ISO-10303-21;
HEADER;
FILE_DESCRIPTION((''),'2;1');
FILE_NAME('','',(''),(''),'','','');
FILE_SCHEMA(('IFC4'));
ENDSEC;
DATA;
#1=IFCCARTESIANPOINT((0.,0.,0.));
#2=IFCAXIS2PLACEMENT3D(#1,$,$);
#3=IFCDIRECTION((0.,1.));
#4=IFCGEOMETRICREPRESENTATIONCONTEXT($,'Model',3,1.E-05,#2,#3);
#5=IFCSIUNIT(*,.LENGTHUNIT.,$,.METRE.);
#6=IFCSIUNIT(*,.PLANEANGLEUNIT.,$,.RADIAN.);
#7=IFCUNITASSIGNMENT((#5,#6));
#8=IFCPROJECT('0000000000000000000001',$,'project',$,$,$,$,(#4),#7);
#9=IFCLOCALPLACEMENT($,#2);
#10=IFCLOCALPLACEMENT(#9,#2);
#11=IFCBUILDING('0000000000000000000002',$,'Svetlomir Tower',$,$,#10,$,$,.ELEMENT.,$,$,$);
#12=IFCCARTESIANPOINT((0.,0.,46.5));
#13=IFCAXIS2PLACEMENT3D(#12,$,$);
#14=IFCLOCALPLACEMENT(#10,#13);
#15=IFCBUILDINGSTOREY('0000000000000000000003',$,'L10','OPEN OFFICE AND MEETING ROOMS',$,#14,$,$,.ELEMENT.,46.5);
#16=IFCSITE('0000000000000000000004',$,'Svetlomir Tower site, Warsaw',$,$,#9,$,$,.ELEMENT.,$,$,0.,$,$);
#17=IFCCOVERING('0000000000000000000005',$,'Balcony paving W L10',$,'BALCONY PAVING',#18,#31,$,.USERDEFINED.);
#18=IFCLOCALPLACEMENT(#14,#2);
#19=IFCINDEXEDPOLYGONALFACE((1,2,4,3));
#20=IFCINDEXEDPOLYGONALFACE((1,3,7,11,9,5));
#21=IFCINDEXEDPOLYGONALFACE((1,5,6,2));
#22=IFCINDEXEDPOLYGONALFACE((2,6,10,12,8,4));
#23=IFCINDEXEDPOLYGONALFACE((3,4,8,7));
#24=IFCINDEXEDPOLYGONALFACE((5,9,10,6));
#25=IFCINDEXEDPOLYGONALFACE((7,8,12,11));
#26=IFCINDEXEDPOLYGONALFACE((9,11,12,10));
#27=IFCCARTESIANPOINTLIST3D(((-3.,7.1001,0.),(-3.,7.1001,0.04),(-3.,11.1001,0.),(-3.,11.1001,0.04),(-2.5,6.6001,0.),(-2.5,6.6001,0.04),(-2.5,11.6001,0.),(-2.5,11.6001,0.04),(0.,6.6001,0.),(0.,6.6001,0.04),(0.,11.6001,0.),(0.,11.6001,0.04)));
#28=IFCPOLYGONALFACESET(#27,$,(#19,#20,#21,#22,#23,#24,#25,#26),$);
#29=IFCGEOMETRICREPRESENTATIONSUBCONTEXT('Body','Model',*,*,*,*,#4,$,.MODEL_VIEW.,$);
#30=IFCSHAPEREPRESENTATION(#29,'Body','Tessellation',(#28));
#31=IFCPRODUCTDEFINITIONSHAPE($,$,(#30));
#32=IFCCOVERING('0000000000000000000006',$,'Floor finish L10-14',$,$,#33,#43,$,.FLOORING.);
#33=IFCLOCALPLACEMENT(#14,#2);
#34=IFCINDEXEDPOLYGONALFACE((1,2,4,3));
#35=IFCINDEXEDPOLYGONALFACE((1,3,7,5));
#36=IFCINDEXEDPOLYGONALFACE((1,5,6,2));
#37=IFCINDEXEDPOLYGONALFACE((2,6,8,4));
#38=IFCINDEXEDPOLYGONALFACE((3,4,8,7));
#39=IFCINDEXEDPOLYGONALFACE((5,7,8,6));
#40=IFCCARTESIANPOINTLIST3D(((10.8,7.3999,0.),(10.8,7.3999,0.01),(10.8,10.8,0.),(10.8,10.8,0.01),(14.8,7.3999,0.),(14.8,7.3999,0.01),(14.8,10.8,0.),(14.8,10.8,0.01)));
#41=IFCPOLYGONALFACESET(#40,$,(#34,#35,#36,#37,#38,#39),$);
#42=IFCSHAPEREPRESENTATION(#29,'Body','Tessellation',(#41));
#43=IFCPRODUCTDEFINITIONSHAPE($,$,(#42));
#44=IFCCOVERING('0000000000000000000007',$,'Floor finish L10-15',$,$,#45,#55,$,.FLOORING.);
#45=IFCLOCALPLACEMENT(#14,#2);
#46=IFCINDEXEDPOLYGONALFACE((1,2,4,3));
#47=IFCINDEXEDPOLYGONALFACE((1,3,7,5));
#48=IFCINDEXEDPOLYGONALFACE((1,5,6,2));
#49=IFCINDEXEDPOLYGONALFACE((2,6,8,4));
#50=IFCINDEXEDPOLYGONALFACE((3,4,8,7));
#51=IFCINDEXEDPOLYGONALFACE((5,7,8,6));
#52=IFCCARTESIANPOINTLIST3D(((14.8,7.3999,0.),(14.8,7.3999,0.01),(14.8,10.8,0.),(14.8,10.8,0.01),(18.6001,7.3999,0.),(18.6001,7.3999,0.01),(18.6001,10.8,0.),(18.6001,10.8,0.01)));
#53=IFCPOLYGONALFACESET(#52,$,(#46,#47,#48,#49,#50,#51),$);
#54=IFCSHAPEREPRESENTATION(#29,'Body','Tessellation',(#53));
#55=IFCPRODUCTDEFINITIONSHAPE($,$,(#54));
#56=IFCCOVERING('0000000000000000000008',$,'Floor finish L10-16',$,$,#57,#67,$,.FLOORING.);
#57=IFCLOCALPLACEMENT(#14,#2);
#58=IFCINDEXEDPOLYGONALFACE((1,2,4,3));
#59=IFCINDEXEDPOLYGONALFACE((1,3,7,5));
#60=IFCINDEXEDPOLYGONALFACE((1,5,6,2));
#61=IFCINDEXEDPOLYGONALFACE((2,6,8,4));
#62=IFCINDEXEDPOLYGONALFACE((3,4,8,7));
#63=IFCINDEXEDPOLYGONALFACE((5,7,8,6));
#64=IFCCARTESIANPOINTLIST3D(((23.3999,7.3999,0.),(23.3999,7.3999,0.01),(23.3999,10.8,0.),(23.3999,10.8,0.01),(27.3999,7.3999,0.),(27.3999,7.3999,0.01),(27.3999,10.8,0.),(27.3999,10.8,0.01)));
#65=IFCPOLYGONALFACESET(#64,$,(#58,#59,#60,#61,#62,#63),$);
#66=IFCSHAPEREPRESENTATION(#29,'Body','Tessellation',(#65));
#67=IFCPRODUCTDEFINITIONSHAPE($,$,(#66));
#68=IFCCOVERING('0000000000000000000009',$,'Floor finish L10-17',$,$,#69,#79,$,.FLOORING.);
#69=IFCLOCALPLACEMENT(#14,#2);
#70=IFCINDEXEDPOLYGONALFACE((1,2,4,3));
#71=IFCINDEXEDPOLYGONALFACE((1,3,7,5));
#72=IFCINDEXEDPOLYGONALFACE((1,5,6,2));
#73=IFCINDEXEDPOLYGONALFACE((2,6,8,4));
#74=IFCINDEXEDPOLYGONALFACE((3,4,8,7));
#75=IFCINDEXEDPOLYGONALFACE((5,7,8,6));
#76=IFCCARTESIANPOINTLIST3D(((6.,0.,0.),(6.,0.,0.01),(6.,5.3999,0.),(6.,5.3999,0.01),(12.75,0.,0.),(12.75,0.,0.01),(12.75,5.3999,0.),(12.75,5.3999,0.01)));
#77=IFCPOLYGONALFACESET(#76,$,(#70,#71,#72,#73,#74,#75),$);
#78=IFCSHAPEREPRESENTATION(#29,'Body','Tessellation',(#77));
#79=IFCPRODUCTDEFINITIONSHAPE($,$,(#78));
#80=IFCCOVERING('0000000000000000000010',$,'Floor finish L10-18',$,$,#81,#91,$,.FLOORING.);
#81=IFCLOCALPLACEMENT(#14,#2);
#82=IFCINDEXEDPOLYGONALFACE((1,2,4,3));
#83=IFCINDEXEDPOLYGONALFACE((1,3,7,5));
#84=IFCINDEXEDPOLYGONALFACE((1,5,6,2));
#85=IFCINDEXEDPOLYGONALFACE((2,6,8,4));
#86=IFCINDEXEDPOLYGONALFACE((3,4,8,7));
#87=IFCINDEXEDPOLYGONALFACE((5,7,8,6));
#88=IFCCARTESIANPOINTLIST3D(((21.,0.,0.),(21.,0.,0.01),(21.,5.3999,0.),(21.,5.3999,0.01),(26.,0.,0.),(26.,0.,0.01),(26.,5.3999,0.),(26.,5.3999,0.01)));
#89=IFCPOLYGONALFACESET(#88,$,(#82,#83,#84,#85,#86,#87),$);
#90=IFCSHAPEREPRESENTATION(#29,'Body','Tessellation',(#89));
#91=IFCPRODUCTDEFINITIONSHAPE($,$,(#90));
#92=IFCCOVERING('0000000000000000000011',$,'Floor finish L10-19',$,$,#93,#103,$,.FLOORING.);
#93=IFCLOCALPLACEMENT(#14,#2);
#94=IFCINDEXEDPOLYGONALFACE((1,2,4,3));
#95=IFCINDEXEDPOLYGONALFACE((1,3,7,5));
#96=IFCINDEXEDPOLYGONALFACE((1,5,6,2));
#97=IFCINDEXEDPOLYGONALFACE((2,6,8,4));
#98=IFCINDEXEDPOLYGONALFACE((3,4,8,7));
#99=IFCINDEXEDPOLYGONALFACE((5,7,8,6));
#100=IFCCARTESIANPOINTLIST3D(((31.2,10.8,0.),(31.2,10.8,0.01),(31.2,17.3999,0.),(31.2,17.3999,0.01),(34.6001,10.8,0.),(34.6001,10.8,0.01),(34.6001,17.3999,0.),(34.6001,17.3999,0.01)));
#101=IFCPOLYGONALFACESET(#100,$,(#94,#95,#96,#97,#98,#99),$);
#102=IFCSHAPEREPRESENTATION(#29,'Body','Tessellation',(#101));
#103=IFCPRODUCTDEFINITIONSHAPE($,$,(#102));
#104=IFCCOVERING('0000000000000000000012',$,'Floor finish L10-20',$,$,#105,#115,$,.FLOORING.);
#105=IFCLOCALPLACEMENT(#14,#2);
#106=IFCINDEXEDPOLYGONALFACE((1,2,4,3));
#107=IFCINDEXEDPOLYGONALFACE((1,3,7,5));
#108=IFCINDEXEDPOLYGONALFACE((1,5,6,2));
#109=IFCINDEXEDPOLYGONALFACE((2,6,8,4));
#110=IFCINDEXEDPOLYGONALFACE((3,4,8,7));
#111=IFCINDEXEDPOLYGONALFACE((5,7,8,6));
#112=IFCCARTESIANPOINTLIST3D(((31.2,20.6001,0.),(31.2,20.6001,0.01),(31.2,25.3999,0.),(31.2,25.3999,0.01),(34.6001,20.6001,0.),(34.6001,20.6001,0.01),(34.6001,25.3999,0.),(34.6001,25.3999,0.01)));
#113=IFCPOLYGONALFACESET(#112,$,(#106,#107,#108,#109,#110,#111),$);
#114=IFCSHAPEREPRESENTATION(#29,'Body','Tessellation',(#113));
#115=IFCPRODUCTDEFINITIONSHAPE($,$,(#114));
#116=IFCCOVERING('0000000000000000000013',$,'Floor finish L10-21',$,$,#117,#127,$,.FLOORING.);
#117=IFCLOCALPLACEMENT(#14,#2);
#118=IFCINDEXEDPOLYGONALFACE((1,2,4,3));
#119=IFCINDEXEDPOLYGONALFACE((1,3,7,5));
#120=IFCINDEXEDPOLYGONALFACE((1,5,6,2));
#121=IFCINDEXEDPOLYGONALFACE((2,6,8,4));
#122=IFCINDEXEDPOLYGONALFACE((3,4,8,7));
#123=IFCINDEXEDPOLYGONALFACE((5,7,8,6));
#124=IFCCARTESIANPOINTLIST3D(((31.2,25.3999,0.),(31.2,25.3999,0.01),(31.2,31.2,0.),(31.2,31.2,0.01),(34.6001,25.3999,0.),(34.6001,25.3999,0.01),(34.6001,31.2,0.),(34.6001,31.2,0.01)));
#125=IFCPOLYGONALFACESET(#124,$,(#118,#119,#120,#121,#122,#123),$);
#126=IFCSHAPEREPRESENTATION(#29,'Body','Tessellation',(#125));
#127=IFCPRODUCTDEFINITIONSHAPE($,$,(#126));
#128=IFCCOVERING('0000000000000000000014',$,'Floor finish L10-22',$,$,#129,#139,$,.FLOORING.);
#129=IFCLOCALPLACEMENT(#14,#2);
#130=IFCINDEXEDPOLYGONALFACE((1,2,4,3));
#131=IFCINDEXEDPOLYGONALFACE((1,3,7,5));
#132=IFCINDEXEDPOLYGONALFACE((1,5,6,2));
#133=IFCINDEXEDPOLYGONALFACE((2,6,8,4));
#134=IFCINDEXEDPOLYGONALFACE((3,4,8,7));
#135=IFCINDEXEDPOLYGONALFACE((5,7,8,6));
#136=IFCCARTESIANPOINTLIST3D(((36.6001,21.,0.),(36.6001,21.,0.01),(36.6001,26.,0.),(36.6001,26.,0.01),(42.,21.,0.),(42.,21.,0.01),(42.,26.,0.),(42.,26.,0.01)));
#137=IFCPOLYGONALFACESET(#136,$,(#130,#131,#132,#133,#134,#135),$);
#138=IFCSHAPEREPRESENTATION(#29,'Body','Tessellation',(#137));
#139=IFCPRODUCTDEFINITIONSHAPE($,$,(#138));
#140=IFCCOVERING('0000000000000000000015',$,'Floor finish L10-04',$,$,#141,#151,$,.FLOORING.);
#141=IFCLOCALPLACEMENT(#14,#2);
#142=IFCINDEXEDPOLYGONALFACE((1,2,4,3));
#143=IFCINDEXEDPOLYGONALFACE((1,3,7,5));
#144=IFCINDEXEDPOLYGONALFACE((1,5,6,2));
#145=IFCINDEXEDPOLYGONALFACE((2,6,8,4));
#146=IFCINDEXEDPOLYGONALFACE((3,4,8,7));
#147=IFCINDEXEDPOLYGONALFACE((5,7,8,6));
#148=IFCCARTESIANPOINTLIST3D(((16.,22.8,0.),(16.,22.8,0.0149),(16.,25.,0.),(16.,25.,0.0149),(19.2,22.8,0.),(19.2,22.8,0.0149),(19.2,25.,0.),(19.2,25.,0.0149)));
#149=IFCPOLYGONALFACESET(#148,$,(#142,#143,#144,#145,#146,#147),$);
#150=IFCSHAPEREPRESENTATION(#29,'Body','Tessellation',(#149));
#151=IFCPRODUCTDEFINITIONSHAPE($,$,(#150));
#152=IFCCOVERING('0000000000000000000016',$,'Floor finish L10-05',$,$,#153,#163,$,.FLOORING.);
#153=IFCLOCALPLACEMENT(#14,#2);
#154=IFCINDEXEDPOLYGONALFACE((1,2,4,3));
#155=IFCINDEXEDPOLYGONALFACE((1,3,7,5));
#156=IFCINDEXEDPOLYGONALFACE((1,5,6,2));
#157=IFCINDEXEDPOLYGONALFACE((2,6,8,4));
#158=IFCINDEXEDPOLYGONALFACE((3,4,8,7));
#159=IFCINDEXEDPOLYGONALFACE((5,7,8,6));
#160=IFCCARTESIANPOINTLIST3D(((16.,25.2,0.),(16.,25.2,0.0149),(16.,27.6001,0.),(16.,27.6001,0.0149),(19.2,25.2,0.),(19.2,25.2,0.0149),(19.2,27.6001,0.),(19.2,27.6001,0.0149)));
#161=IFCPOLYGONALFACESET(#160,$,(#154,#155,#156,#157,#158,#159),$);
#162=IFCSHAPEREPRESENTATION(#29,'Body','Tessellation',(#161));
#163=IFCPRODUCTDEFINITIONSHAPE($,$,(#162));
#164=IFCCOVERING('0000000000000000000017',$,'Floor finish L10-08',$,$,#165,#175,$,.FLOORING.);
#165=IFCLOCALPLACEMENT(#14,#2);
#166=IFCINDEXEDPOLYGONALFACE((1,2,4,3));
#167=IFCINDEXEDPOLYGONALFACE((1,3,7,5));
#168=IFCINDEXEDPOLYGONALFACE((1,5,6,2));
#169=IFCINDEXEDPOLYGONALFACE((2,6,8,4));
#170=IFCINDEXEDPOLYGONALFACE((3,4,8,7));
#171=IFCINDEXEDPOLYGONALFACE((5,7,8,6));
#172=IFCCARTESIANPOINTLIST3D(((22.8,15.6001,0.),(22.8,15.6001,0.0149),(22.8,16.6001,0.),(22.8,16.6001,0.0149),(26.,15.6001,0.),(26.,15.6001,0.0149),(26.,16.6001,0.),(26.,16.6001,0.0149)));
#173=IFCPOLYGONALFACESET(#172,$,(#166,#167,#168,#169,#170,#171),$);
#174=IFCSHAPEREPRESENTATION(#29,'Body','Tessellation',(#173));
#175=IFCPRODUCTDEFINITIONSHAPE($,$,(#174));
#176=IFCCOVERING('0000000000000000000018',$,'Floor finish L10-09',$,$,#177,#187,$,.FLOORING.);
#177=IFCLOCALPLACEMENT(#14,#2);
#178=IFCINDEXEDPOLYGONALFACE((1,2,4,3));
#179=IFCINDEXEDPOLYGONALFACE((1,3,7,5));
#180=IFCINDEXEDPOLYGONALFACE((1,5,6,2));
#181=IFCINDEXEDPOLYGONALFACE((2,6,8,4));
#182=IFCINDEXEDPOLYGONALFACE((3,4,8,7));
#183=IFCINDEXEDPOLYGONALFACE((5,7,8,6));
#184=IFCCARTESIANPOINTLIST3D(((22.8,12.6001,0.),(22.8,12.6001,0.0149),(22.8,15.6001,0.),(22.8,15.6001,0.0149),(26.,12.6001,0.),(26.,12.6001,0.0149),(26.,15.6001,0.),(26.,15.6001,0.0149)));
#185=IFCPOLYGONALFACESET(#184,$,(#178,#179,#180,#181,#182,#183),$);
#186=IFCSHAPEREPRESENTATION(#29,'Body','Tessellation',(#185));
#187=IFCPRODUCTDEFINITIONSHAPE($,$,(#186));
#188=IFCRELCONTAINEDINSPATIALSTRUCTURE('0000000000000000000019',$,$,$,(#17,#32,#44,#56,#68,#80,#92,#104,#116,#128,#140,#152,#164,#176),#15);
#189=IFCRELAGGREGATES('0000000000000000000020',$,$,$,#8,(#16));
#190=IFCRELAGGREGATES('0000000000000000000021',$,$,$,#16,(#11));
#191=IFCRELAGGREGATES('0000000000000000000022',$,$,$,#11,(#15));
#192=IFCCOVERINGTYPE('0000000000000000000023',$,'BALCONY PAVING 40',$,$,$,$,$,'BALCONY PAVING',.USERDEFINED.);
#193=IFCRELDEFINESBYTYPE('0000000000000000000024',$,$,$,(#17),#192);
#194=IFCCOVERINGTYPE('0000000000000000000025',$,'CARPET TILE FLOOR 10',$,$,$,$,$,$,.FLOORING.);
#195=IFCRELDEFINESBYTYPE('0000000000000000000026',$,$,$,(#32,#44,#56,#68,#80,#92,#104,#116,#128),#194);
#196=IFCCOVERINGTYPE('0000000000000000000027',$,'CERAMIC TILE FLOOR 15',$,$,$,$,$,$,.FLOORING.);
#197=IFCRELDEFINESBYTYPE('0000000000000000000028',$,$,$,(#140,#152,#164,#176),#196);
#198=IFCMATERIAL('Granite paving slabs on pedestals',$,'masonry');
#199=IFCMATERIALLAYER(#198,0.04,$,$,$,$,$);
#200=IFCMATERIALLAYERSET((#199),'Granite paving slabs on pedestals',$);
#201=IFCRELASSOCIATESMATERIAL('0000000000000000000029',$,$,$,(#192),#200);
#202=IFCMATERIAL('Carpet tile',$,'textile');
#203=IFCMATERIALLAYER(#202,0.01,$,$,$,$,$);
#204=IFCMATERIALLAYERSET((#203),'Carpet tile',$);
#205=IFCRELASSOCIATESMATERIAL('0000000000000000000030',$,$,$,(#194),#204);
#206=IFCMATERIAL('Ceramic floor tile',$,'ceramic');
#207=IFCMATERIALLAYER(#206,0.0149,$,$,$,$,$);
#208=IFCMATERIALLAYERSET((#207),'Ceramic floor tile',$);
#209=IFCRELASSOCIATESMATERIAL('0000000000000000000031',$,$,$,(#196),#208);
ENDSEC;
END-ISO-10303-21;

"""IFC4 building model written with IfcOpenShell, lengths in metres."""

from ifc_helpers import new_model, si_unit, direction, frame, origin, place, context, subcontext, project, spatial, polyline, outline, extrude, material, layer, layer_set, type_object, element, save


model = new_model("IFC4")

# Units and contexts
model_context = context("Model", 3, precision=1e-05, world=origin(), true_north=direction((0.0, 1.0)))
body_context = subcontext(model_context, "Body", "Model", "MODEL_VIEW")
ifc_project = project(units=[si_unit("LENGTHUNIT", "METRE"), si_unit("PLANEANGLEUNIT", "RADIAN")], contexts=[model_context])

# Site, building, storey
site_placement = place(None, origin())
site = spatial("IfcSite", under=ifc_project, at=site_placement, Name="Svetlomir Tower site, Warsaw", CompositionType="ELEMENT", RefElevation=0.0)
building_placement = place(site_placement, origin())
building = spatial("IfcBuilding", under=site, at=building_placement, Name="Svetlomir Tower", CompositionType="ELEMENT")
storey_placement = place(building_placement, frame((0.0, 0.0, 46.5)))
storey = spatial("IfcBuildingStorey", under=building, at=storey_placement, Name="L10", Description="OPEN OFFICE AND MEETING ROOMS", CompositionType="ELEMENT", Elevation=46.5)

# Coverings
ifc_material_1 = material(Name="Granite paving slabs on pedestals", Category="masonry")
ifc_layer_1 = layer(ifc_material_1, 0.04)
ifc_layer_set_1 = layer_set([ifc_layer_1], Name="Granite paving slabs on pedestals")
covering_type_1 = type_object("IfcCoveringType", Name="BALCONY PAVING 40", ElementType="BALCONY PAVING", PredefinedType="USERDEFINED", material=ifc_layer_set_1)
covering_1_placement = place(storey_placement, origin())
element("IfcCovering", 1, at=covering_1_placement, inside=storey, type_object=covering_type_1, Name="Balcony paving W L10", ObjectType="BALCONY PAVING", PredefinedType="USERDEFINED", context=body_context, shape_type="SweptSolid", body=[
    extrude(outline(polyline([(-2.5, 6.6001), (0.0, 6.6001), (0.0, 11.6001), (-2.5, 11.6001), (-3.0, 11.1001), (-3.0, 7.1001), (-2.5, 6.6001)])), origin(), (0.0, 0.0, 1.0), 0.04),
])
ifc_material_2 = material(Name="Carpet tile", Category="textile")
ifc_layer_2 = layer(ifc_material_2, 0.01)
ifc_layer_set_2 = layer_set([ifc_layer_2], Name="Carpet tile")
covering_type_2 = type_object("IfcCoveringType", Name="CARPET TILE FLOOR 10", PredefinedType="FLOORING", material=ifc_layer_set_2)
covering_2_placement = place(storey_placement, origin())
element("IfcCovering", 2, at=covering_2_placement, inside=storey, type_object=covering_type_2, Name="Floor finish L10-14", PredefinedType="FLOORING", context=body_context, shape_type="SweptSolid", body=[
    extrude(outline(polyline([(10.8, 7.3999), (14.8, 7.3999), (14.8, 10.8), (10.8, 10.8), (10.8, 7.3999)])), origin(), (0.0, 0.0, 1.0), 0.01),
])
covering_3_placement = place(storey_placement, origin())
element("IfcCovering", 3, at=covering_3_placement, inside=storey, type_object=covering_type_2, Name="Floor finish L10-15", PredefinedType="FLOORING", context=body_context, shape_type="SweptSolid", body=[
    extrude(outline(polyline([(14.8, 7.3999), (18.6001, 7.3999), (18.6001, 10.8), (14.8, 10.8), (14.8, 7.3999)])), origin(), (0.0, 0.0, 1.0), 0.01),
])
covering_4_placement = place(storey_placement, origin())
element("IfcCovering", 4, at=covering_4_placement, inside=storey, type_object=covering_type_2, Name="Floor finish L10-16", PredefinedType="FLOORING", context=body_context, shape_type="SweptSolid", body=[
    extrude(outline(polyline([(23.3999, 7.3999), (27.3999, 7.3999), (27.3999, 10.8), (23.3999, 10.8), (23.3999, 7.3999)])), origin(), (0.0, 0.0, 1.0), 0.01),
])
covering_5_placement = place(storey_placement, origin())
element("IfcCovering", 5, at=covering_5_placement, inside=storey, type_object=covering_type_2, Name="Floor finish L10-17", PredefinedType="FLOORING", context=body_context, shape_type="SweptSolid", body=[
    extrude(outline(polyline([(6.0, 0.0), (12.75, 0.0), (12.75, 5.3999), (6.0, 5.3999), (6.0, 0.0)])), origin(), (0.0, 0.0, 1.0), 0.01),
])
covering_6_placement = place(storey_placement, origin())
element("IfcCovering", 6, at=covering_6_placement, inside=storey, type_object=covering_type_2, Name="Floor finish L10-18", PredefinedType="FLOORING", context=body_context, shape_type="SweptSolid", body=[
    extrude(outline(polyline([(21.0, 0.0), (26.0, 0.0), (26.0, 5.3999), (21.0, 5.3999), (21.0, 0.0)])), origin(), (0.0, 0.0, 1.0), 0.01),
])
covering_7_placement = place(storey_placement, origin())
element("IfcCovering", 7, at=covering_7_placement, inside=storey, type_object=covering_type_2, Name="Floor finish L10-19", PredefinedType="FLOORING", context=body_context, shape_type="SweptSolid", body=[
    extrude(outline(polyline([(31.2, 10.8), (34.6001, 10.8), (34.6001, 17.3999), (31.2, 17.3999), (31.2, 10.8)])), origin(), (0.0, 0.0, 1.0), 0.01),
])
covering_8_placement = place(storey_placement, origin())
element("IfcCovering", 8, at=covering_8_placement, inside=storey, type_object=covering_type_2, Name="Floor finish L10-20", PredefinedType="FLOORING", context=body_context, shape_type="SweptSolid", body=[
    extrude(outline(polyline([(31.2, 20.6001), (34.6001, 20.6001), (34.6001, 25.3999), (31.2, 25.3999), (31.2, 20.6001)])), origin(), (0.0, 0.0, 1.0), 0.01),
])
covering_9_placement = place(storey_placement, origin())
element("IfcCovering", 9, at=covering_9_placement, inside=storey, type_object=covering_type_2, Name="Floor finish L10-21", PredefinedType="FLOORING", context=body_context, shape_type="SweptSolid", body=[
    extrude(outline(polyline([(31.2, 25.3999), (34.6001, 25.3999), (34.6001, 31.2), (31.2, 31.2), (31.2, 25.3999)])), origin(), (0.0, 0.0, 1.0), 0.01),
])
covering_10_placement = place(storey_placement, origin())
element("IfcCovering", 10, at=covering_10_placement, inside=storey, type_object=covering_type_2, Name="Floor finish L10-22", PredefinedType="FLOORING", context=body_context, shape_type="SweptSolid", body=[
    extrude(outline(polyline([(36.6001, 21.0), (42.0, 21.0), (42.0, 26.0), (36.6001, 26.0), (36.6001, 21.0)])), origin(), (0.0, 0.0, 1.0), 0.01),
])
ifc_material_3 = material(Name="Ceramic floor tile", Category="ceramic")
ifc_layer_3 = layer(ifc_material_3, 0.0149)
ifc_layer_set_3 = layer_set([ifc_layer_3], Name="Ceramic floor tile")
covering_type_3 = type_object("IfcCoveringType", Name="CERAMIC TILE FLOOR 15", PredefinedType="FLOORING", material=ifc_layer_set_3)
covering_11_placement = place(storey_placement, origin())
element("IfcCovering", 11, at=covering_11_placement, inside=storey, type_object=covering_type_3, Name="Floor finish L10-04", PredefinedType="FLOORING", context=body_context, shape_type="SweptSolid", body=[
    extrude(outline(polyline([(16.0, 22.8), (19.2, 22.8), (19.2, 25.0), (16.0, 25.0), (16.0, 22.8)])), origin(), (0.0, 0.0, 1.0), 0.0149),
])
covering_12_placement = place(storey_placement, origin())
element("IfcCovering", 12, at=covering_12_placement, inside=storey, type_object=covering_type_3, Name="Floor finish L10-05", PredefinedType="FLOORING", context=body_context, shape_type="SweptSolid", body=[
    extrude(outline(polyline([(16.0, 25.2), (19.2, 25.2), (19.2, 27.6001), (16.0, 27.6001), (16.0, 25.2)])), origin(), (0.0, 0.0, 1.0), 0.0149),
])
covering_13_placement = place(storey_placement, origin())
element("IfcCovering", 13, at=covering_13_placement, inside=storey, type_object=covering_type_3, Name="Floor finish L10-08", PredefinedType="FLOORING", context=body_context, shape_type="SweptSolid", body=[
    extrude(outline(polyline([(22.8, 15.6001), (26.0, 15.6001), (26.0, 16.6001), (22.8, 16.6001), (22.8, 15.6001)])), origin(), (0.0, 0.0, 1.0), 0.0149),
])
covering_14_placement = place(storey_placement, origin())
element("IfcCovering", 14, at=covering_14_placement, inside=storey, type_object=covering_type_3, Name="Floor finish L10-09", PredefinedType="FLOORING", context=body_context, shape_type="SweptSolid", body=[
    extrude(outline(polyline([(22.8, 12.6001), (26.0, 12.6001), (26.0, 15.6001), (22.8, 15.6001), (22.8, 12.6001)])), origin(), (0.0, 0.0, 1.0), 0.0149),
])

save(model, "model.ifc")
